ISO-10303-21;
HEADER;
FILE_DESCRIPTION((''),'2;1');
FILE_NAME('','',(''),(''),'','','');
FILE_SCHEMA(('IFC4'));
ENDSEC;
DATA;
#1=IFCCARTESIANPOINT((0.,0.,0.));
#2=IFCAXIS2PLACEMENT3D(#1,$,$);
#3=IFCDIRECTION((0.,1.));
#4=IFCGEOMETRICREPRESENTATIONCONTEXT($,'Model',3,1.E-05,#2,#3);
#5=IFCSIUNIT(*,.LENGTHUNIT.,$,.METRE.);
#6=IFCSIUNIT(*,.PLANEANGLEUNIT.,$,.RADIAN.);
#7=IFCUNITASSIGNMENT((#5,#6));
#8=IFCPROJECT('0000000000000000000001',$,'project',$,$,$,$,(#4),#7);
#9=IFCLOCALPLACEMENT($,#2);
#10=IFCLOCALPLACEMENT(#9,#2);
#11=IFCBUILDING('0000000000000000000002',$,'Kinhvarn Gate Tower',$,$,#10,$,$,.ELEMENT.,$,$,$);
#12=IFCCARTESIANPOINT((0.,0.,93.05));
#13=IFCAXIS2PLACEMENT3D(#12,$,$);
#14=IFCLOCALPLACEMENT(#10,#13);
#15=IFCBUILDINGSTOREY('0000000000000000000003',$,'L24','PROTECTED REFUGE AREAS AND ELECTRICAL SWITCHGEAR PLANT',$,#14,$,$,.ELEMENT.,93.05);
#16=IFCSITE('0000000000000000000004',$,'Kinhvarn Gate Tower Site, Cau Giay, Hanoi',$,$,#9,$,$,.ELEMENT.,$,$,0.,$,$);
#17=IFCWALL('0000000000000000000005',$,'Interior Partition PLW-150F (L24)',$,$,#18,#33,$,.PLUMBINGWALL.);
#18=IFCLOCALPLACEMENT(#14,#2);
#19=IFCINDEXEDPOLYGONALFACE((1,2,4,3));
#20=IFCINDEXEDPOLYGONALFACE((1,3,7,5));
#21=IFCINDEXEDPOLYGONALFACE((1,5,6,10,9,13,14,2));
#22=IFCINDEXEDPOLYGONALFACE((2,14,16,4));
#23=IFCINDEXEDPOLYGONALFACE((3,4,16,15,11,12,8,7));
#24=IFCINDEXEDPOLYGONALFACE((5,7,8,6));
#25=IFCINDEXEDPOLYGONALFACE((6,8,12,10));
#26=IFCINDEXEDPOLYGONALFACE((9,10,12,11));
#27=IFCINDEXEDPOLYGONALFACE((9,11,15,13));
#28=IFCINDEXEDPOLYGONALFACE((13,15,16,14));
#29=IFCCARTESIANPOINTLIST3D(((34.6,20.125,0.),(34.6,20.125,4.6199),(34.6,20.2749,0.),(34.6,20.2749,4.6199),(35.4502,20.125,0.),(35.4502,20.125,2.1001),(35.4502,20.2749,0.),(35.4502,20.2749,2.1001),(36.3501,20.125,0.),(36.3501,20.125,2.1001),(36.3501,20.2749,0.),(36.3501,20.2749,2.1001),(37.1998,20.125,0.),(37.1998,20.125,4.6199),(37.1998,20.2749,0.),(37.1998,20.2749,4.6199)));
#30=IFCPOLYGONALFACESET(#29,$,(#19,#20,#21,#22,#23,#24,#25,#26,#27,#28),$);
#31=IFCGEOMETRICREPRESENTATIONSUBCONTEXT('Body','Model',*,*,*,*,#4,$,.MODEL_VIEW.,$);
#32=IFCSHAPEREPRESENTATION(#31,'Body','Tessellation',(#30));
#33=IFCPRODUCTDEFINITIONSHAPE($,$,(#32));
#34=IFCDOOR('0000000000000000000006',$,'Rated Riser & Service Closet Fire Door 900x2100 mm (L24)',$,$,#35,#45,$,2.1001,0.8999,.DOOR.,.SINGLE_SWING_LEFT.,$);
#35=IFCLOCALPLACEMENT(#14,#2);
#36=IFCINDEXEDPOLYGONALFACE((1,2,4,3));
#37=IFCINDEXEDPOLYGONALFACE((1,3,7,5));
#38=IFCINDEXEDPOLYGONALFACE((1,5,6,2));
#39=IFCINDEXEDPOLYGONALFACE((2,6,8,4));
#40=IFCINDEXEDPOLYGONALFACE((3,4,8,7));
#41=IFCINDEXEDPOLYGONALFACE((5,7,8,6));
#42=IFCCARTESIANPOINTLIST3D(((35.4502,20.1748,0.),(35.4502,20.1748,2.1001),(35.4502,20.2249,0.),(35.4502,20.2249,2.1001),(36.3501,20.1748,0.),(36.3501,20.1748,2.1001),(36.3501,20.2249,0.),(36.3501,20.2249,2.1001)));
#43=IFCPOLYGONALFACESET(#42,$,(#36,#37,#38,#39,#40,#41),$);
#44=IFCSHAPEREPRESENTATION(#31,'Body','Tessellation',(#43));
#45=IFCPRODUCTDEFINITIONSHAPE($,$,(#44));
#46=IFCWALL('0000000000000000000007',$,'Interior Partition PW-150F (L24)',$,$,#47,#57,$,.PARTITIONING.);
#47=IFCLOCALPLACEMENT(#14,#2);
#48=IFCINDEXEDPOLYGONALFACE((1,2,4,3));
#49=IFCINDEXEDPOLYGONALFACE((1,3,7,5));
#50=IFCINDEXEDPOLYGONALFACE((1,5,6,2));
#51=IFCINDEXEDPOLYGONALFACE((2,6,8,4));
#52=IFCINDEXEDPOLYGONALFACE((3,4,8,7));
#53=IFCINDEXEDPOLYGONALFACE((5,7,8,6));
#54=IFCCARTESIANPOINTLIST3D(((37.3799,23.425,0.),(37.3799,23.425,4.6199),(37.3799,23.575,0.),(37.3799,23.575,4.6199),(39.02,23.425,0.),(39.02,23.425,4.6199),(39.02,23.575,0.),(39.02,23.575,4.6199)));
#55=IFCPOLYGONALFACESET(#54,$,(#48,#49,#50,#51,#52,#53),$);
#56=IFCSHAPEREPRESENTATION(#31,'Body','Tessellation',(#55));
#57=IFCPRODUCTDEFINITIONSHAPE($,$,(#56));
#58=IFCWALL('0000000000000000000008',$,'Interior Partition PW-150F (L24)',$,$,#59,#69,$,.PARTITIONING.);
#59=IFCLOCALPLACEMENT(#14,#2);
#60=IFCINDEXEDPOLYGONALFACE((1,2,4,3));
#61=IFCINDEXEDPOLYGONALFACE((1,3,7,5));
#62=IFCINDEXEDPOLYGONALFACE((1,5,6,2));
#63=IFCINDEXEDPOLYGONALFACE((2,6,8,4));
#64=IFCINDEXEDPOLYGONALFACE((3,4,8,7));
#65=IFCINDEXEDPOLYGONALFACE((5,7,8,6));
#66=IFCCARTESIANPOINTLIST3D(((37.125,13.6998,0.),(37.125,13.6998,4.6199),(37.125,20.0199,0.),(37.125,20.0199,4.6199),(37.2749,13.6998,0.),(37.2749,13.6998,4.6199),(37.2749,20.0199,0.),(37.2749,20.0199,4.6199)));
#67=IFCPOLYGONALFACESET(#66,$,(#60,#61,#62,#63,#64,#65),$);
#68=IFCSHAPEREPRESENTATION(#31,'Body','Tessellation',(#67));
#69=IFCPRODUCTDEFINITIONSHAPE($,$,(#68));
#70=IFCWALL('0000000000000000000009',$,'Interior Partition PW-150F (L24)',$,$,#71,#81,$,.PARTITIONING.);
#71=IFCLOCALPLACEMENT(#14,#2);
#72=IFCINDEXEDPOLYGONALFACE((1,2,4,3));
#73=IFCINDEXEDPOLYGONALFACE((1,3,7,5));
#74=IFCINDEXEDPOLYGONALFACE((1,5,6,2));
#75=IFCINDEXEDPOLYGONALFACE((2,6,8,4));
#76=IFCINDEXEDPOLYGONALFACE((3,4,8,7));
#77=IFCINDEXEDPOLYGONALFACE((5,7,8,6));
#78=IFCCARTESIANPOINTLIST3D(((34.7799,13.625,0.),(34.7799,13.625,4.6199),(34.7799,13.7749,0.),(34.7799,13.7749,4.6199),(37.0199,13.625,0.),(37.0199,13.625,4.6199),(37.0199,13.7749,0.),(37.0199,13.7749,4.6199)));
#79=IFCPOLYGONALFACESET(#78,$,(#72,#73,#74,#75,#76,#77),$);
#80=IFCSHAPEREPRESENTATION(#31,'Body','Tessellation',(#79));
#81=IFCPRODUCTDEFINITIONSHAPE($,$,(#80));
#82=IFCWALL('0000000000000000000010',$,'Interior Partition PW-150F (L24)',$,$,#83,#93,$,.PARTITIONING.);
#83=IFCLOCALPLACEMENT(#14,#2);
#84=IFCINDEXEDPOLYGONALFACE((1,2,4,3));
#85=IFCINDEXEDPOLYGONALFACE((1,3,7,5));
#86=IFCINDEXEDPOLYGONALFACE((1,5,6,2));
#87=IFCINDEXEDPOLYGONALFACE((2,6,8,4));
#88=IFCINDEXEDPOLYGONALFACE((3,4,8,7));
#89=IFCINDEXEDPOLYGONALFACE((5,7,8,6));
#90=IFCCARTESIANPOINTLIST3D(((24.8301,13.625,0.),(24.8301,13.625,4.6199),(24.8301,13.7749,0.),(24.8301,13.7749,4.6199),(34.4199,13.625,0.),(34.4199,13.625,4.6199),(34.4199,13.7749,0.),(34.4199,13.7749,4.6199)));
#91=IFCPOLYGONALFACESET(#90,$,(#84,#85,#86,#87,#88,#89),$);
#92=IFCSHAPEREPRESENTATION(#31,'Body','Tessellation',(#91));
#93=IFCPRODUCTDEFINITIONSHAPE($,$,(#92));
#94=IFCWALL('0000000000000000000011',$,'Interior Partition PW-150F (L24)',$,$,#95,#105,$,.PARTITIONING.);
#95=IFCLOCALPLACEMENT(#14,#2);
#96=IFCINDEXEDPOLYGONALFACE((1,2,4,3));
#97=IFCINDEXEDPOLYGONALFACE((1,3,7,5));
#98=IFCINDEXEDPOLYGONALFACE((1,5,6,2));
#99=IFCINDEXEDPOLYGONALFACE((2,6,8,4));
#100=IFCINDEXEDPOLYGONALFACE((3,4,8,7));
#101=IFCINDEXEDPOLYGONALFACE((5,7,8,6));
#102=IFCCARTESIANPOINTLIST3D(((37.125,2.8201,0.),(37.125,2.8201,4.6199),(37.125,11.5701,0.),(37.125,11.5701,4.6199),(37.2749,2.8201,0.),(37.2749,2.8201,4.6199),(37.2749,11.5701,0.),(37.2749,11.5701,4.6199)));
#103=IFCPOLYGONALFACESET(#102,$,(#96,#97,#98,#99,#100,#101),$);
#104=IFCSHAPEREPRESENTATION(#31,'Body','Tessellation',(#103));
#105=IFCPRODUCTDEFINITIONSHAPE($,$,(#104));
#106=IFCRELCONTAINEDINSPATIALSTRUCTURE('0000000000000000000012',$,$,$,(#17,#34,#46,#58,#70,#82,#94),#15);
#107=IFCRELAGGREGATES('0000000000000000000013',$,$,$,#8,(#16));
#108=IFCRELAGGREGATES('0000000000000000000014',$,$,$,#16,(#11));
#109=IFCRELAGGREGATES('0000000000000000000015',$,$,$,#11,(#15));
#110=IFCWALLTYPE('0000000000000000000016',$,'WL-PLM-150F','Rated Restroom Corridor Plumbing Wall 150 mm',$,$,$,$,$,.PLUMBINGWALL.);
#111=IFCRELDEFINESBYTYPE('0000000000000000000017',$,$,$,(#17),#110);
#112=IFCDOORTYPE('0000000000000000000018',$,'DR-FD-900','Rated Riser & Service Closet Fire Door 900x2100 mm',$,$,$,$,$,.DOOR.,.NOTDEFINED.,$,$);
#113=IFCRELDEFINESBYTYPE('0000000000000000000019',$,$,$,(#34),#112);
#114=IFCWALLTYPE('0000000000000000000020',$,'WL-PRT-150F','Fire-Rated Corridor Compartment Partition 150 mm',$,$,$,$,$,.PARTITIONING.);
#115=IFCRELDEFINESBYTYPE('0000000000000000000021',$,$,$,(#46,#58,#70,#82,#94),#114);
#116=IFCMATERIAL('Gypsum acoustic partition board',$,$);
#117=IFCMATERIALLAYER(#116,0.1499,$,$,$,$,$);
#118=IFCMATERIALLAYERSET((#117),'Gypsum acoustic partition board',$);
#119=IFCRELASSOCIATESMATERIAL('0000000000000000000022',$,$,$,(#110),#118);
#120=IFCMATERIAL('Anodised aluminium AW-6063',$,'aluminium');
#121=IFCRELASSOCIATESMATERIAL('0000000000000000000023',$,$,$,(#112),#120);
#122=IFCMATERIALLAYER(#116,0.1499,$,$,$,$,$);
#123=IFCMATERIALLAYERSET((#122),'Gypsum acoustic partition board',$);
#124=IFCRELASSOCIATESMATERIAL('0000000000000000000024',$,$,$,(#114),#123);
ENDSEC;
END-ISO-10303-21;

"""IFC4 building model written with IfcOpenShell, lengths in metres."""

from ifc_helpers import new_model, si_unit, direction, frame, frame_2d, origin, place, context, subcontext, project, spatial, rectangle, extrude, material, layer, layer_set, type_object, element, fill, save


model = new_model("IFC4")

# Units and contexts
model_context = context("Model", 3, precision=1e-05, world=origin(), true_north=direction((0.0, 1.0)))
body_context = subcontext(model_context, "Body", "Model", "MODEL_VIEW")
ifc_project = project(units=[si_unit("LENGTHUNIT", "METRE"), si_unit("PLANEANGLEUNIT", "RADIAN")], contexts=[model_context])

# Site, building, storey
site_placement = place(None, origin())
site = spatial("IfcSite", under=ifc_project, at=site_placement, Name="Kinhvarn Gate Tower Site, Cau Giay, Hanoi", CompositionType="ELEMENT", RefElevation=0.0)
building_placement = place(site_placement, origin())
building = spatial("IfcBuilding", under=site, at=building_placement, Name="Kinhvarn Gate Tower", CompositionType="ELEMENT")
storey_placement = place(building_placement, frame((0.0, 0.0, 93.05)))
storey = spatial("IfcBuildingStorey", under=building, at=storey_placement, Name="L24", Description="PROTECTED REFUGE AREAS AND ELECTRICAL SWITCHGEAR PLANT", CompositionType="ELEMENT", Elevation=93.05)

# Shared definitions
ifc_material_1 = material(Name="Gypsum acoustic partition board")

# Wall, opening, door
ifc_layer_1 = layer(ifc_material_1, 0.1499)
ifc_layer_set_1 = layer_set([ifc_layer_1], Name="Gypsum acoustic partition board")
wall_type_1 = type_object("IfcWallType", Name="WL-PLM-150F", Description="Rated Restroom Corridor Plumbing Wall 150 mm", PredefinedType="PLUMBINGWALL", material=ifc_layer_set_1)
wall_1_placement = place(storey_placement, frame((34.6001, 20.2, 0.0), z_axis=(0.0, 0.0, 1.0), x_axis=(1.0, 0.0, 0.0)))
wall_1 = element("IfcWall", 1, at=wall_1_placement, inside=storey, type_object=wall_type_1, Name="Interior Partition PLW-150F (L24)", PredefinedType="PLUMBINGWALL", context=body_context, shape_type="SweptSolid", body=[
    extrude(rectangle(XDim=2.5999, YDim=0.1499, at=frame_2d((1.2998, 0.0))), origin(), (0.0, 0.0, 1.0), 4.6199),
])
opening_placement = place(wall_1_placement, frame((0.8501, 0.0, 0.0)))
opening = element("IfcOpeningElement", 2, at=opening_placement, cuts=wall_1, PredefinedType="OPENING", context=body_context, shape_type="SweptSolid", body=[
    extrude(rectangle(XDim=0.8999, YDim=2.1001, at=frame_2d((0.45, 1.05))), frame((0.0, 0.085, 0.0), z_axis=(0.0, -1.0, 0.0), x_axis=(1.0, 0.0, 0.0)), (0.0, 0.0, 1.0), 0.1699),
])
ifc_material_2 = material(Name="Anodised aluminium AW-6063", Category="aluminium")
door_type = type_object("IfcDoorType", Name="DR-FD-900", Description="Rated Riser & Service Closet Fire Door 900x2100 mm", OperationType="NOTDEFINED", PredefinedType="DOOR", material=ifc_material_2)
door_placement = place(opening_placement, origin())
door = element("IfcDoor", 3, at=door_placement, inside=storey, type_object=door_type, Name="Rated Riser & Service Closet Fire Door 900x2100 mm (L24)", OperationType="SINGLE_SWING_LEFT", OverallHeight=2.1001, OverallWidth=0.8999, PredefinedType="DOOR", context=body_context, shape_type="SweptSolid", body=[
    extrude(rectangle(XDim=0.8999, YDim=2.1001, at=frame_2d((0.45, 1.05))), frame((0.0, 0.0249, 0.0), z_axis=(0.0, -1.0, 0.0), x_axis=(1.0, 0.0, 0.0)), (0.0, 0.0, 1.0), 0.05),
])
fill(opening, door)

# Walls
ifc_layer_2 = layer(ifc_material_1, 0.1499)
ifc_layer_set_2 = layer_set([ifc_layer_2], Name="Gypsum acoustic partition board")
wall_type_2 = type_object("IfcWallType", Name="WL-PRT-150F", Description="Fire-Rated Corridor Compartment Partition 150 mm", PredefinedType="PARTITIONING", material=ifc_layer_set_2)
wall_2_placement = place(storey_placement, frame((37.3799, 23.5, 0.0), z_axis=(0.0, 0.0, 1.0), x_axis=(1.0, 0.0, 0.0)))
element("IfcWall", 4, at=wall_2_placement, inside=storey, type_object=wall_type_2, Name="Interior Partition PW-150F (L24)", PredefinedType="PARTITIONING", context=body_context, shape_type="SweptSolid", body=[
    extrude(rectangle(XDim=1.6401, YDim=0.1499, at=frame_2d((0.8201, 0.0))), origin(), (0.0, 0.0, 1.0), 4.6199),
])
wall_3_placement = place(storey_placement, frame((37.2, 20.02, 0.0), z_axis=(0.0, 0.0, 1.0), x_axis=(0.0, -1.0, 0.0)))
element("IfcWall", 5, at=wall_3_placement, inside=storey, type_object=wall_type_2, Name="Interior Partition PW-150F (L24)", PredefinedType="PARTITIONING", context=body_context, shape_type="SweptSolid", body=[
    extrude(rectangle(XDim=6.3201, YDim=0.1499, at=frame_2d((3.1602, 0.0))), origin(), (0.0, 0.0, 1.0), 4.6199),
])
wall_4_placement = place(storey_placement, frame((37.02, 13.7, 0.0), z_axis=(0.0, 0.0, 1.0), x_axis=(-1.0, 0.0, 0.0)))
element("IfcWall", 6, at=wall_4_placement, inside=storey, type_object=wall_type_2, Name="Interior Partition PW-150F (L24)", PredefinedType="PARTITIONING", context=body_context, shape_type="SweptSolid", body=[
    extrude(rectangle(XDim=2.24, YDim=0.1499, at=frame_2d((1.1201, 0.0))), origin(), (0.0, 0.0, 1.0), 4.6199),
])
wall_5_placement = place(storey_placement, frame((34.4199, 13.7, 0.0), z_axis=(0.0, 0.0, 1.0), x_axis=(-1.0, 0.0, 0.0)))
element("IfcWall", 7, at=wall_5_placement, inside=storey, type_object=wall_type_2, Name="Interior Partition PW-150F (L24)", PredefinedType="PARTITIONING", context=body_context, shape_type="SweptSolid", body=[
    extrude(rectangle(XDim=9.5898, YDim=0.1499, at=frame_2d((4.7949, 0.0))), origin(), (0.0, 0.0, 1.0), 4.6199),
])
wall_6_placement = place(storey_placement, frame((37.2, 11.5701, 0.0), z_axis=(0.0, 0.0, 1.0), x_axis=(0.0, -1.0, 0.0)))
element("IfcWall", 8, at=wall_6_placement, inside=storey, type_object=wall_type_2, Name="Interior Partition PW-150F (L24)", PredefinedType="PARTITIONING", context=body_context, shape_type="SweptSolid", body=[
    extrude(rectangle(XDim=8.75, YDim=0.1499, at=frame_2d((4.375, 0.0))), origin(), (0.0, 0.0, 1.0), 4.6199),
])

save(model, "model.ifc")
